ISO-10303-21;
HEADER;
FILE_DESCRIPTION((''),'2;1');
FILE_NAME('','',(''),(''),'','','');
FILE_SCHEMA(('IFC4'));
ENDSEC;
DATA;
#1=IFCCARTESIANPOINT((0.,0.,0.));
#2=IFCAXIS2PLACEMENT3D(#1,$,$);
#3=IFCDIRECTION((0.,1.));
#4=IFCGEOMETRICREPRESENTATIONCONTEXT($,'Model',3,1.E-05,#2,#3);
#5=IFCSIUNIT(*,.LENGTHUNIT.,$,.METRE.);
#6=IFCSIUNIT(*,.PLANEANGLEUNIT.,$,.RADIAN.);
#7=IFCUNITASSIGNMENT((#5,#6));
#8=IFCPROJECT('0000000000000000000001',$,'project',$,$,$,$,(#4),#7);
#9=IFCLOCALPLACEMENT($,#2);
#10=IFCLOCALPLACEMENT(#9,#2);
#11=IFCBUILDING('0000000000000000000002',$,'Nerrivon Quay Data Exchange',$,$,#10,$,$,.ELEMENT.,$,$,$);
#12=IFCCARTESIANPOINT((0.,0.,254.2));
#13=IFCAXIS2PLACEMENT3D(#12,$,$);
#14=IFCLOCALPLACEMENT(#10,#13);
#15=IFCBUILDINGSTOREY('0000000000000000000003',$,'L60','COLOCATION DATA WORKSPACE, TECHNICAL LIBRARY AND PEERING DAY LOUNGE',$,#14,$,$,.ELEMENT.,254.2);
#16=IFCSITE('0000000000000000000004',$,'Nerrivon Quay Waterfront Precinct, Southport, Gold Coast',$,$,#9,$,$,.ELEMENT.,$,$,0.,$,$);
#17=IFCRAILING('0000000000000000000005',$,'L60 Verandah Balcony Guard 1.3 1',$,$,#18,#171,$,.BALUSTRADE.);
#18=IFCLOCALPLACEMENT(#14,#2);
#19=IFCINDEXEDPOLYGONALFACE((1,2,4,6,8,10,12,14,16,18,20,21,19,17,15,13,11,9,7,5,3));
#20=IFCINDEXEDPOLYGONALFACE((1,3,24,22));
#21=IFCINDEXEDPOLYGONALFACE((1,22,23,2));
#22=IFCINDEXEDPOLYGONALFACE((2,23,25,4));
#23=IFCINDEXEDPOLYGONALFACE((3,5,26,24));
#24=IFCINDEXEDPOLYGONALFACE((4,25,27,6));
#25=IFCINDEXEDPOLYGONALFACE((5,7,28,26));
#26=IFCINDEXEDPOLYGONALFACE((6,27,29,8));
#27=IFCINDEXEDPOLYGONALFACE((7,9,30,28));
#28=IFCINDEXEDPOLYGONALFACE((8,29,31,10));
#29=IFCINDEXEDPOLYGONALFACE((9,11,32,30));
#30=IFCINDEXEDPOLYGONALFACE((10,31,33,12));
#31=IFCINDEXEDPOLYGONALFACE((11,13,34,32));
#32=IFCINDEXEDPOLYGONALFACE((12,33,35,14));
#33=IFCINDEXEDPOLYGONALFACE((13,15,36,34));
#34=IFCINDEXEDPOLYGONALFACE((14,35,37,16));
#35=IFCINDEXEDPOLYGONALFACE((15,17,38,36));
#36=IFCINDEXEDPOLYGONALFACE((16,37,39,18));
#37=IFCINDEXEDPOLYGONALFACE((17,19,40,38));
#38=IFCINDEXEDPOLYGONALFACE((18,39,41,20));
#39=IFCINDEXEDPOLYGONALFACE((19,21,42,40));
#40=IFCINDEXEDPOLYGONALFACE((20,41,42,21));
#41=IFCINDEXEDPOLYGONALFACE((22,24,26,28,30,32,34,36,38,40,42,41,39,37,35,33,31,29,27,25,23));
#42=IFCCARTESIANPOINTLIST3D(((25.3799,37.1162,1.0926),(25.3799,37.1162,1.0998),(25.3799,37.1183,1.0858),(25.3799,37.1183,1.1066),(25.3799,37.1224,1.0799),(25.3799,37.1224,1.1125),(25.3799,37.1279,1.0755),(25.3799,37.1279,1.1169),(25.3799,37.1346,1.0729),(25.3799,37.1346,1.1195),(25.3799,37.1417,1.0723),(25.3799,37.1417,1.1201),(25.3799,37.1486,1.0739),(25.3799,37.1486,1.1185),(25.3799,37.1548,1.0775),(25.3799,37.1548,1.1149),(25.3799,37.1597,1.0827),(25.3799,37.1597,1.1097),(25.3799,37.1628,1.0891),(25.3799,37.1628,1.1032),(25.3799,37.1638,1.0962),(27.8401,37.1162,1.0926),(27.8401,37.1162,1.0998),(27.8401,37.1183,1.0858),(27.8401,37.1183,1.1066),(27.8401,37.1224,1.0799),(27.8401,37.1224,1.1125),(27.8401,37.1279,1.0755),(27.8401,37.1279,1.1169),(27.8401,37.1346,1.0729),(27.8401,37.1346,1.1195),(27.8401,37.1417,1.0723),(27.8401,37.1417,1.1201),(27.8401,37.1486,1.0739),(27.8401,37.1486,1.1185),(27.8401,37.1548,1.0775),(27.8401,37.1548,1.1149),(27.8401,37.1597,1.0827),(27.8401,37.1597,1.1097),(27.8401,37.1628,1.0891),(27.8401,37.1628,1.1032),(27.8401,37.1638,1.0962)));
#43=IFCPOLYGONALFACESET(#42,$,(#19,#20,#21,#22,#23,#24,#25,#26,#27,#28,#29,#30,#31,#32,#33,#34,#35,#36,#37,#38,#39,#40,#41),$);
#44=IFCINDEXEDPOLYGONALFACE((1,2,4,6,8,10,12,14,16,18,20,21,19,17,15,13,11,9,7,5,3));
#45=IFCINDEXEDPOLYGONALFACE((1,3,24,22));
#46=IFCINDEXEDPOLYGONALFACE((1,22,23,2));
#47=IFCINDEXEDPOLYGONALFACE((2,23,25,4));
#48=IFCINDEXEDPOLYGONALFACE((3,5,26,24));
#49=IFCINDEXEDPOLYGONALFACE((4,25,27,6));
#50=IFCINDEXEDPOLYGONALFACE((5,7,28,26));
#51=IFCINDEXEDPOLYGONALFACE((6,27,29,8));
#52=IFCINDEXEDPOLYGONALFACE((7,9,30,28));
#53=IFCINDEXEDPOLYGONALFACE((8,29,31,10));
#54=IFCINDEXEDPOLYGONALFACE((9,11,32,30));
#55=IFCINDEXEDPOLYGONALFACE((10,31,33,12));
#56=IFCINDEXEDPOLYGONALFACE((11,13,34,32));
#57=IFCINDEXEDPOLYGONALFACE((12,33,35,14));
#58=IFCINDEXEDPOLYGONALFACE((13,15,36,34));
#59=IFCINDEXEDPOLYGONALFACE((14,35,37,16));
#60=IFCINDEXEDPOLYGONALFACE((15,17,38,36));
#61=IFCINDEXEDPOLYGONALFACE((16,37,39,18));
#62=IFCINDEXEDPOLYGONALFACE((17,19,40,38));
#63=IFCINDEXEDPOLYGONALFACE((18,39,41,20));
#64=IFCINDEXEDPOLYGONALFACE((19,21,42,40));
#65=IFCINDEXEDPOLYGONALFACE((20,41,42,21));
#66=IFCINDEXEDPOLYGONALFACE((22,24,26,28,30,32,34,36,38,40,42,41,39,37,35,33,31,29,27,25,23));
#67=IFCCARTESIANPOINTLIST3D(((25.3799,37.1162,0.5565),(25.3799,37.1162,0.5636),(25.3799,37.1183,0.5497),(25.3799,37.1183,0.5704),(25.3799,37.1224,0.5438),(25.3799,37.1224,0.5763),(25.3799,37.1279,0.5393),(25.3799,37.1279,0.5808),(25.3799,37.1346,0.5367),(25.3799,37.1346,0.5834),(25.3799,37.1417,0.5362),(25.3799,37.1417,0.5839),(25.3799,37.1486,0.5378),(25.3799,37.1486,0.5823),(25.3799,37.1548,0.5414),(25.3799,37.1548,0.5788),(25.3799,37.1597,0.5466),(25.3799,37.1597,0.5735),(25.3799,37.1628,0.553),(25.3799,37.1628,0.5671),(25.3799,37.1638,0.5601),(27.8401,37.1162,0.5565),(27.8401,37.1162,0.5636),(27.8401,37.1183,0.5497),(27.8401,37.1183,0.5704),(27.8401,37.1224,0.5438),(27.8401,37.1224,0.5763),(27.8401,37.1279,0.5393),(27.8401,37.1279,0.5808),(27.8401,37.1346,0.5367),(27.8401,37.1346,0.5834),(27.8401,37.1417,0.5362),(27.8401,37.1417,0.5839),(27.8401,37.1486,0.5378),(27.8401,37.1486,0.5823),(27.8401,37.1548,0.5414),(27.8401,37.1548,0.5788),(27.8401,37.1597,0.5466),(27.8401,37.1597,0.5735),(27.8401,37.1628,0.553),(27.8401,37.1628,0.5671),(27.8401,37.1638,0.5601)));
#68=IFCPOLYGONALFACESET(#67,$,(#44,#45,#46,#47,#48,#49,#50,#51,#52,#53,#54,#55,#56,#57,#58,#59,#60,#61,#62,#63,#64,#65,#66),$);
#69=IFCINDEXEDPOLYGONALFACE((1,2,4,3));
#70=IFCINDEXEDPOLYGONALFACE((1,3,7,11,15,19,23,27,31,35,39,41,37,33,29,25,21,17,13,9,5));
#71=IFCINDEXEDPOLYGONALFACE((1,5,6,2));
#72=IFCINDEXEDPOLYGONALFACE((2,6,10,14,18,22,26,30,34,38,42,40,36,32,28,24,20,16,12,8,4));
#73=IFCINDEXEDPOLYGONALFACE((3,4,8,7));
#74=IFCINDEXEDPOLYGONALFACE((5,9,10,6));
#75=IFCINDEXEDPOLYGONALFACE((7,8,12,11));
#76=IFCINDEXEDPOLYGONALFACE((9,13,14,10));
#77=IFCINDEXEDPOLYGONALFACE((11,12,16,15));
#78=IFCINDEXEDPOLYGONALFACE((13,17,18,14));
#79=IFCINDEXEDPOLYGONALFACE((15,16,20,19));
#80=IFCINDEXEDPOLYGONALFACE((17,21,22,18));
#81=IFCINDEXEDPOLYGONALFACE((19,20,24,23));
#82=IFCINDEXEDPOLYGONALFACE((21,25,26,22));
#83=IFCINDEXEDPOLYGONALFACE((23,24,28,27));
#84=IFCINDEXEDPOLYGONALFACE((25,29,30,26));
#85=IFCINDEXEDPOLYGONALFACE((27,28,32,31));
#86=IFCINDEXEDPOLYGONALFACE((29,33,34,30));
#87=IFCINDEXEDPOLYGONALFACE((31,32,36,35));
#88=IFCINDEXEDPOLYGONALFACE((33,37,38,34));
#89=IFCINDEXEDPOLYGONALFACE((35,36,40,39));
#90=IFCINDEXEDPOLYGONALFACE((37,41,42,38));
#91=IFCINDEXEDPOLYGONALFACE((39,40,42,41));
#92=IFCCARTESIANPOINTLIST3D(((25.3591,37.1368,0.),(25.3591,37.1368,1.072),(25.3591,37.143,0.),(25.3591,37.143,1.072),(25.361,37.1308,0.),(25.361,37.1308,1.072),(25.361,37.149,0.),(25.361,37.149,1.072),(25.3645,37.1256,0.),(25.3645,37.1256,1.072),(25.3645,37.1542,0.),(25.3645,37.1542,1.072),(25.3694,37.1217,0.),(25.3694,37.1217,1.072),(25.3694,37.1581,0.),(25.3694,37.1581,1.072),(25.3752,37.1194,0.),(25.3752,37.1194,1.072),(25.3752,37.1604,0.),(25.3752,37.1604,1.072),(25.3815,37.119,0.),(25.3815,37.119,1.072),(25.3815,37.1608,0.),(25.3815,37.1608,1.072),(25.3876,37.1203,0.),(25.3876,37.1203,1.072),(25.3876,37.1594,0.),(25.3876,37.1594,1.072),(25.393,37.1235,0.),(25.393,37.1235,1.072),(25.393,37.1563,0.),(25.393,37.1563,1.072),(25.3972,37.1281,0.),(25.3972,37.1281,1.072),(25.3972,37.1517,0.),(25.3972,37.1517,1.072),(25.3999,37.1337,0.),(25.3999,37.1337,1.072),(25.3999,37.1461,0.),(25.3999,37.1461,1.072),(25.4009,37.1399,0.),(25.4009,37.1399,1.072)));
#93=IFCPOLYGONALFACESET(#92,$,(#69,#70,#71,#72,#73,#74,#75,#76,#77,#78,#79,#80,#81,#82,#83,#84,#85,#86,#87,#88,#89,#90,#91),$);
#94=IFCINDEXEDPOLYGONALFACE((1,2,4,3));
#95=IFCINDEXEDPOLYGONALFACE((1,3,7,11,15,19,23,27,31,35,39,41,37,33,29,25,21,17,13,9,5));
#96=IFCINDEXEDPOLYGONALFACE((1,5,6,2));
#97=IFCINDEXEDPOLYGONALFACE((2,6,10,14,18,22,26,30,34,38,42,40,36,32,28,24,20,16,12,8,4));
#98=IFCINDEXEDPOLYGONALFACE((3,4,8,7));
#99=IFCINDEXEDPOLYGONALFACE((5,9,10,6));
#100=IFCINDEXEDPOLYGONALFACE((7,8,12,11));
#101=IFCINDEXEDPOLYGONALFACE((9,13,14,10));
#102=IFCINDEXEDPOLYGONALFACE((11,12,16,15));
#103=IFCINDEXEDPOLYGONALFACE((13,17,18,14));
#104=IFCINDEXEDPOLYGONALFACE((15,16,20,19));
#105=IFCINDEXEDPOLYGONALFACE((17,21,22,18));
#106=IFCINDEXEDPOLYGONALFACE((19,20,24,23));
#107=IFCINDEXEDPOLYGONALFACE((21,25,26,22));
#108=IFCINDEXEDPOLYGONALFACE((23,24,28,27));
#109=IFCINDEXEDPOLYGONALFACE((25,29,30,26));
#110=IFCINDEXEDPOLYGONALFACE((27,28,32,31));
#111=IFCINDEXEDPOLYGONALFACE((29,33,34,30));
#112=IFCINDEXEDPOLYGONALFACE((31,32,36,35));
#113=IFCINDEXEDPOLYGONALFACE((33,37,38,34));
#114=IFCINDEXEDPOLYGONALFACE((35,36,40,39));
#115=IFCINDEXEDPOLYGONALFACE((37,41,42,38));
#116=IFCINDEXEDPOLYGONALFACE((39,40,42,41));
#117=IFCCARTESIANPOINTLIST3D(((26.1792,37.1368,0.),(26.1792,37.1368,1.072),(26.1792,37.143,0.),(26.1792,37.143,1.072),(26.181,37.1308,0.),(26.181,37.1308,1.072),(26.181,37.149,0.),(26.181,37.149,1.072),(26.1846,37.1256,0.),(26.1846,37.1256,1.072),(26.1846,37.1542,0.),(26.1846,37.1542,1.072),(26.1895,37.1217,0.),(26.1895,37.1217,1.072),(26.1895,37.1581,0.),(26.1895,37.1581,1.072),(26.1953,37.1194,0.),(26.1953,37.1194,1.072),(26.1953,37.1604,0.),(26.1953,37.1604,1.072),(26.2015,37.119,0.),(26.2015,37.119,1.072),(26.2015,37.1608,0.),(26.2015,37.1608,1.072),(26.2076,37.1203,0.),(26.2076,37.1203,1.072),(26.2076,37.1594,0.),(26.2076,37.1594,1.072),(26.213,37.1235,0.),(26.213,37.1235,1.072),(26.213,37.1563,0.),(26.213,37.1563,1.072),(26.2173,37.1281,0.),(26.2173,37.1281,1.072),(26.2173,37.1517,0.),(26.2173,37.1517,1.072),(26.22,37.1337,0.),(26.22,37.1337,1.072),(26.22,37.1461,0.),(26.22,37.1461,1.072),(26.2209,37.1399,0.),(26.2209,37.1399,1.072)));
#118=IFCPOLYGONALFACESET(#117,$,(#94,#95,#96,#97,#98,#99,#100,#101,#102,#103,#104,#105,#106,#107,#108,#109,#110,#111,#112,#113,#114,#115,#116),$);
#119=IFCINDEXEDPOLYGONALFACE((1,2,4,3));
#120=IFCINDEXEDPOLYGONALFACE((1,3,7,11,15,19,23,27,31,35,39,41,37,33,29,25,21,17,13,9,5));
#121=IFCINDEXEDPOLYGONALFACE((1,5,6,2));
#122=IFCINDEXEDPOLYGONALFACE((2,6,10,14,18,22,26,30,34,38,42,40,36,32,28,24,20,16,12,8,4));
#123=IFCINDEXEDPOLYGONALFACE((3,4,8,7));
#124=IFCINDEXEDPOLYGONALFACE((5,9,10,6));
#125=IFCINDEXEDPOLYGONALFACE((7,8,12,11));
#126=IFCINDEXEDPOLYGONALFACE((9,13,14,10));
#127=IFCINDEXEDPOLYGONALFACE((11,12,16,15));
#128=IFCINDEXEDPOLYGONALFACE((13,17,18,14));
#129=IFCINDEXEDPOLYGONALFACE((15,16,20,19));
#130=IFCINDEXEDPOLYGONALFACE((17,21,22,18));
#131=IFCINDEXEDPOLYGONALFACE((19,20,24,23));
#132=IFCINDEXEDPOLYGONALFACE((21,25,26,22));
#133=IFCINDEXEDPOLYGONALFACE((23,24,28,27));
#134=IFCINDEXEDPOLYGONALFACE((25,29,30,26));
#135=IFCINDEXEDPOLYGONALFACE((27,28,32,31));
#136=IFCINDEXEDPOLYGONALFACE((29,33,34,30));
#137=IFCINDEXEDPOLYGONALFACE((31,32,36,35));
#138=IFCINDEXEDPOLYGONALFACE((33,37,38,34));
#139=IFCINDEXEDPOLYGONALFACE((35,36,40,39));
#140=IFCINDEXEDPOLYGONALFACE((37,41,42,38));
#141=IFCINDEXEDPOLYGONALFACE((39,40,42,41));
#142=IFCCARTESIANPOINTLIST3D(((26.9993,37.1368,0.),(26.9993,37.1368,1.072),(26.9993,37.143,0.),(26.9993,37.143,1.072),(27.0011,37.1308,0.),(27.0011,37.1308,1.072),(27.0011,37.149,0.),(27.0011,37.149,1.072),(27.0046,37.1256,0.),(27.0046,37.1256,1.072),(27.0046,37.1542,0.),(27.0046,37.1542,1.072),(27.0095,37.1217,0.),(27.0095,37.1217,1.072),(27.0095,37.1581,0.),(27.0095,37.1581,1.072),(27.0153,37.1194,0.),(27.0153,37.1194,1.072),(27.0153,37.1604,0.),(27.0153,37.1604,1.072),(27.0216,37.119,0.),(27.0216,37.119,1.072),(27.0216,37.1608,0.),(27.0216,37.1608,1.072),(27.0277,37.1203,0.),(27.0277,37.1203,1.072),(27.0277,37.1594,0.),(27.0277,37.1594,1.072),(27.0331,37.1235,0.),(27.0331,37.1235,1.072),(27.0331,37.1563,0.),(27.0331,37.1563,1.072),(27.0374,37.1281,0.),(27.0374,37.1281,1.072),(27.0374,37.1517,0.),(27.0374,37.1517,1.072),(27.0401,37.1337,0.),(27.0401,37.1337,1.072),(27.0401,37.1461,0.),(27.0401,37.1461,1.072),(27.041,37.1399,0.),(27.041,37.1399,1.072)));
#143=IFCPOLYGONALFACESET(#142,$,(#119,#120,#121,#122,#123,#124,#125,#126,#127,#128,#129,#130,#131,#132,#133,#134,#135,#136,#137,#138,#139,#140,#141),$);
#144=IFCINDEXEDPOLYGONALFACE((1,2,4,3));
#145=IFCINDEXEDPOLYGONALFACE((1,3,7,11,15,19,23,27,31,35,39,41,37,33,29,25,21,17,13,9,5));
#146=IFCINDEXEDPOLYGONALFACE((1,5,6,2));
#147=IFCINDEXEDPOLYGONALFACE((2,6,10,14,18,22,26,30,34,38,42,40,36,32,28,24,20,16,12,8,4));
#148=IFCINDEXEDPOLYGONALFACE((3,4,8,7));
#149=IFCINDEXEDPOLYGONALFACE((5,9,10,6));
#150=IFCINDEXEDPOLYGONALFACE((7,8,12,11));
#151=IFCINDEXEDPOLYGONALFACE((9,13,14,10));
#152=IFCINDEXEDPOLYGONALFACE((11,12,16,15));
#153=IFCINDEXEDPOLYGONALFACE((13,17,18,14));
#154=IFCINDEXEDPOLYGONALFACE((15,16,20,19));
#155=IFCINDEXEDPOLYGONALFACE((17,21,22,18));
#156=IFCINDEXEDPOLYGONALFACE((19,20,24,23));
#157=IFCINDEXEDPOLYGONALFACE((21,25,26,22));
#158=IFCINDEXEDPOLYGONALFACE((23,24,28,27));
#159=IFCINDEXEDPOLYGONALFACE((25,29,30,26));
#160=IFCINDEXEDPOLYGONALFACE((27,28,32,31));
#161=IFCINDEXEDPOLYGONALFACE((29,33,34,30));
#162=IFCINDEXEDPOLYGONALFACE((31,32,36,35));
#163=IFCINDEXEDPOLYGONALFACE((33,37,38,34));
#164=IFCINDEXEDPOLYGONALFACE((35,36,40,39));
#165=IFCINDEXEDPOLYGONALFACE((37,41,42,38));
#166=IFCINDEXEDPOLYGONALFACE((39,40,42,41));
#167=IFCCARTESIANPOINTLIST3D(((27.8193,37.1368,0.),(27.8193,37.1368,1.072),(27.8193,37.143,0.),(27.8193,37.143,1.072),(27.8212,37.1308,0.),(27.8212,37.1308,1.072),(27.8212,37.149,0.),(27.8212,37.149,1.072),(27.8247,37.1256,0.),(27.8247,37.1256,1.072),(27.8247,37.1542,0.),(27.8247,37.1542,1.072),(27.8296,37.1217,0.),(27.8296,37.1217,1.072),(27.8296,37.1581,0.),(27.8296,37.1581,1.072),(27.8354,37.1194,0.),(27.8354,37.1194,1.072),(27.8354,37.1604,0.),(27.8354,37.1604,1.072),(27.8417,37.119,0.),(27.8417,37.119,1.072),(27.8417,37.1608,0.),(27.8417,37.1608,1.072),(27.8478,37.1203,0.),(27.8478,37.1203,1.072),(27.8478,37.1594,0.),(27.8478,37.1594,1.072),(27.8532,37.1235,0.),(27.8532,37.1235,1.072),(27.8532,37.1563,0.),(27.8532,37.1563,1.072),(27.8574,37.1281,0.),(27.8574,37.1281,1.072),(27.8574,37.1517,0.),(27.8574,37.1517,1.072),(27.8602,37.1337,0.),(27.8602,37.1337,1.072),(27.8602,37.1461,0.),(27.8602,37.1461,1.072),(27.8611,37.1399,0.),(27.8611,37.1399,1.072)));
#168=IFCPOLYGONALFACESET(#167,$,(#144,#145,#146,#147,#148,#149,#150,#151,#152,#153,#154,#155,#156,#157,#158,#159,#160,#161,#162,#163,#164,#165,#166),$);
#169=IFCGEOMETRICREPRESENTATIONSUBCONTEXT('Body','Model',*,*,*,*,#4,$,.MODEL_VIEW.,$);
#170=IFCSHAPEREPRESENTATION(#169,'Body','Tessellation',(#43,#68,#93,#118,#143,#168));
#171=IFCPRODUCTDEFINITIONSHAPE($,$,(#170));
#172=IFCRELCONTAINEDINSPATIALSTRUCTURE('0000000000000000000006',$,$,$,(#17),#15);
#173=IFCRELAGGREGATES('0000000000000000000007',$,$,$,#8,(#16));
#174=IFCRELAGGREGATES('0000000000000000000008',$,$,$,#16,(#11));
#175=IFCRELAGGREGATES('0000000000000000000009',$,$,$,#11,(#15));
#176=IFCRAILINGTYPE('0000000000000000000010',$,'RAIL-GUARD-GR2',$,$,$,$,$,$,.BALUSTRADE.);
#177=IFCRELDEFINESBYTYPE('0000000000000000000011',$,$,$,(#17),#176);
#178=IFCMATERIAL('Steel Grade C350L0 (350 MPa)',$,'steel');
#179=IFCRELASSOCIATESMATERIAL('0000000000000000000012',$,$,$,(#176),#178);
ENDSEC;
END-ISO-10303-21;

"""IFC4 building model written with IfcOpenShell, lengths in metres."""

from ifc_helpers import new_model, si_unit, direction, frame, origin, origin_2d, place, context, subcontext, project, spatial, circle, extrude, material, type_object, element, save


model = new_model("IFC4")

# Units and contexts
model_context = context("Model", 3, precision=1e-05, world=origin(), true_north=direction((0.0, 1.0)))
body_context = subcontext(model_context, "Body", "Model", "MODEL_VIEW")
ifc_project = project(units=[si_unit("LENGTHUNIT", "METRE"), si_unit("PLANEANGLEUNIT", "RADIAN")], contexts=[model_context])

# Site, building, storey
site_placement = place(None, origin())
site = spatial("IfcSite", under=ifc_project, at=site_placement, Name="Nerrivon Quay Waterfront Precinct, Southport, Gold Coast", CompositionType="ELEMENT", RefElevation=0.0)
building_placement = place(site_placement, origin())
building = spatial("IfcBuilding", under=site, at=building_placement, Name="Nerrivon Quay Data Exchange", CompositionType="ELEMENT")
storey_placement = place(building_placement, frame((0.0, 0.0, 254.2)))
storey = spatial("IfcBuildingStorey", under=building, at=storey_placement, Name="L60", Description="COLOCATION DATA WORKSPACE, TECHNICAL LIBRARY AND PEERING DAY LOUNGE", CompositionType="ELEMENT", Elevation=254.2)

# Shared definitions
ifc_material_1 = material(Name="Steel Grade C350L0 (350 MPa)", Category="steel")

# Railing
railing_type = type_object("IfcRailingType", Name="RAIL-GUARD-GR2", PredefinedType="BALUSTRADE", material=ifc_material_1)
railing_1_placement = place(storey_placement, frame((25.3799, 37.1399, 0.0)))
element("IfcRailing", 1, at=railing_1_placement, inside=storey, type_object=railing_type, Name="L60 Verandah Balcony Guard 1.3 1", PredefinedType="BALUSTRADE", context=body_context, shape_type="SweptSolid", body=[
    extrude(circle(Radius=0.0239, at=origin_2d()), frame((0.0, 0.0, 1.0962), z_axis=(1.0, 0.0, 0.0), x_axis=(0.0, 1.0, 0.0)), (0.0, 0.0, 1.0), 2.4602),
    extrude(circle(Radius=0.0239, at=origin_2d()), frame((0.0, 0.0, 0.5601), z_axis=(1.0, 0.0, 0.0), x_axis=(0.0, 1.0, 0.0)), (0.0, 0.0, 1.0), 2.4602),
    extrude(circle(Radius=0.021, at=origin_2d()), origin(), (0.0, 0.0, 1.0), 1.072),
    extrude(circle(Radius=0.021, at=origin_2d()), frame((0.8201, 0.0, 0.0)), (0.0, 0.0, 1.0), 1.072),
    extrude(circle(Radius=0.021, at=origin_2d()), frame((1.6401, 0.0, 0.0)), (0.0, 0.0, 1.0), 1.072),
    extrude(circle(Radius=0.021, at=origin_2d()), frame((2.4602, 0.0, 0.0)), (0.0, 0.0, 1.0), 1.072),
])

save(model, "model.ifc")
